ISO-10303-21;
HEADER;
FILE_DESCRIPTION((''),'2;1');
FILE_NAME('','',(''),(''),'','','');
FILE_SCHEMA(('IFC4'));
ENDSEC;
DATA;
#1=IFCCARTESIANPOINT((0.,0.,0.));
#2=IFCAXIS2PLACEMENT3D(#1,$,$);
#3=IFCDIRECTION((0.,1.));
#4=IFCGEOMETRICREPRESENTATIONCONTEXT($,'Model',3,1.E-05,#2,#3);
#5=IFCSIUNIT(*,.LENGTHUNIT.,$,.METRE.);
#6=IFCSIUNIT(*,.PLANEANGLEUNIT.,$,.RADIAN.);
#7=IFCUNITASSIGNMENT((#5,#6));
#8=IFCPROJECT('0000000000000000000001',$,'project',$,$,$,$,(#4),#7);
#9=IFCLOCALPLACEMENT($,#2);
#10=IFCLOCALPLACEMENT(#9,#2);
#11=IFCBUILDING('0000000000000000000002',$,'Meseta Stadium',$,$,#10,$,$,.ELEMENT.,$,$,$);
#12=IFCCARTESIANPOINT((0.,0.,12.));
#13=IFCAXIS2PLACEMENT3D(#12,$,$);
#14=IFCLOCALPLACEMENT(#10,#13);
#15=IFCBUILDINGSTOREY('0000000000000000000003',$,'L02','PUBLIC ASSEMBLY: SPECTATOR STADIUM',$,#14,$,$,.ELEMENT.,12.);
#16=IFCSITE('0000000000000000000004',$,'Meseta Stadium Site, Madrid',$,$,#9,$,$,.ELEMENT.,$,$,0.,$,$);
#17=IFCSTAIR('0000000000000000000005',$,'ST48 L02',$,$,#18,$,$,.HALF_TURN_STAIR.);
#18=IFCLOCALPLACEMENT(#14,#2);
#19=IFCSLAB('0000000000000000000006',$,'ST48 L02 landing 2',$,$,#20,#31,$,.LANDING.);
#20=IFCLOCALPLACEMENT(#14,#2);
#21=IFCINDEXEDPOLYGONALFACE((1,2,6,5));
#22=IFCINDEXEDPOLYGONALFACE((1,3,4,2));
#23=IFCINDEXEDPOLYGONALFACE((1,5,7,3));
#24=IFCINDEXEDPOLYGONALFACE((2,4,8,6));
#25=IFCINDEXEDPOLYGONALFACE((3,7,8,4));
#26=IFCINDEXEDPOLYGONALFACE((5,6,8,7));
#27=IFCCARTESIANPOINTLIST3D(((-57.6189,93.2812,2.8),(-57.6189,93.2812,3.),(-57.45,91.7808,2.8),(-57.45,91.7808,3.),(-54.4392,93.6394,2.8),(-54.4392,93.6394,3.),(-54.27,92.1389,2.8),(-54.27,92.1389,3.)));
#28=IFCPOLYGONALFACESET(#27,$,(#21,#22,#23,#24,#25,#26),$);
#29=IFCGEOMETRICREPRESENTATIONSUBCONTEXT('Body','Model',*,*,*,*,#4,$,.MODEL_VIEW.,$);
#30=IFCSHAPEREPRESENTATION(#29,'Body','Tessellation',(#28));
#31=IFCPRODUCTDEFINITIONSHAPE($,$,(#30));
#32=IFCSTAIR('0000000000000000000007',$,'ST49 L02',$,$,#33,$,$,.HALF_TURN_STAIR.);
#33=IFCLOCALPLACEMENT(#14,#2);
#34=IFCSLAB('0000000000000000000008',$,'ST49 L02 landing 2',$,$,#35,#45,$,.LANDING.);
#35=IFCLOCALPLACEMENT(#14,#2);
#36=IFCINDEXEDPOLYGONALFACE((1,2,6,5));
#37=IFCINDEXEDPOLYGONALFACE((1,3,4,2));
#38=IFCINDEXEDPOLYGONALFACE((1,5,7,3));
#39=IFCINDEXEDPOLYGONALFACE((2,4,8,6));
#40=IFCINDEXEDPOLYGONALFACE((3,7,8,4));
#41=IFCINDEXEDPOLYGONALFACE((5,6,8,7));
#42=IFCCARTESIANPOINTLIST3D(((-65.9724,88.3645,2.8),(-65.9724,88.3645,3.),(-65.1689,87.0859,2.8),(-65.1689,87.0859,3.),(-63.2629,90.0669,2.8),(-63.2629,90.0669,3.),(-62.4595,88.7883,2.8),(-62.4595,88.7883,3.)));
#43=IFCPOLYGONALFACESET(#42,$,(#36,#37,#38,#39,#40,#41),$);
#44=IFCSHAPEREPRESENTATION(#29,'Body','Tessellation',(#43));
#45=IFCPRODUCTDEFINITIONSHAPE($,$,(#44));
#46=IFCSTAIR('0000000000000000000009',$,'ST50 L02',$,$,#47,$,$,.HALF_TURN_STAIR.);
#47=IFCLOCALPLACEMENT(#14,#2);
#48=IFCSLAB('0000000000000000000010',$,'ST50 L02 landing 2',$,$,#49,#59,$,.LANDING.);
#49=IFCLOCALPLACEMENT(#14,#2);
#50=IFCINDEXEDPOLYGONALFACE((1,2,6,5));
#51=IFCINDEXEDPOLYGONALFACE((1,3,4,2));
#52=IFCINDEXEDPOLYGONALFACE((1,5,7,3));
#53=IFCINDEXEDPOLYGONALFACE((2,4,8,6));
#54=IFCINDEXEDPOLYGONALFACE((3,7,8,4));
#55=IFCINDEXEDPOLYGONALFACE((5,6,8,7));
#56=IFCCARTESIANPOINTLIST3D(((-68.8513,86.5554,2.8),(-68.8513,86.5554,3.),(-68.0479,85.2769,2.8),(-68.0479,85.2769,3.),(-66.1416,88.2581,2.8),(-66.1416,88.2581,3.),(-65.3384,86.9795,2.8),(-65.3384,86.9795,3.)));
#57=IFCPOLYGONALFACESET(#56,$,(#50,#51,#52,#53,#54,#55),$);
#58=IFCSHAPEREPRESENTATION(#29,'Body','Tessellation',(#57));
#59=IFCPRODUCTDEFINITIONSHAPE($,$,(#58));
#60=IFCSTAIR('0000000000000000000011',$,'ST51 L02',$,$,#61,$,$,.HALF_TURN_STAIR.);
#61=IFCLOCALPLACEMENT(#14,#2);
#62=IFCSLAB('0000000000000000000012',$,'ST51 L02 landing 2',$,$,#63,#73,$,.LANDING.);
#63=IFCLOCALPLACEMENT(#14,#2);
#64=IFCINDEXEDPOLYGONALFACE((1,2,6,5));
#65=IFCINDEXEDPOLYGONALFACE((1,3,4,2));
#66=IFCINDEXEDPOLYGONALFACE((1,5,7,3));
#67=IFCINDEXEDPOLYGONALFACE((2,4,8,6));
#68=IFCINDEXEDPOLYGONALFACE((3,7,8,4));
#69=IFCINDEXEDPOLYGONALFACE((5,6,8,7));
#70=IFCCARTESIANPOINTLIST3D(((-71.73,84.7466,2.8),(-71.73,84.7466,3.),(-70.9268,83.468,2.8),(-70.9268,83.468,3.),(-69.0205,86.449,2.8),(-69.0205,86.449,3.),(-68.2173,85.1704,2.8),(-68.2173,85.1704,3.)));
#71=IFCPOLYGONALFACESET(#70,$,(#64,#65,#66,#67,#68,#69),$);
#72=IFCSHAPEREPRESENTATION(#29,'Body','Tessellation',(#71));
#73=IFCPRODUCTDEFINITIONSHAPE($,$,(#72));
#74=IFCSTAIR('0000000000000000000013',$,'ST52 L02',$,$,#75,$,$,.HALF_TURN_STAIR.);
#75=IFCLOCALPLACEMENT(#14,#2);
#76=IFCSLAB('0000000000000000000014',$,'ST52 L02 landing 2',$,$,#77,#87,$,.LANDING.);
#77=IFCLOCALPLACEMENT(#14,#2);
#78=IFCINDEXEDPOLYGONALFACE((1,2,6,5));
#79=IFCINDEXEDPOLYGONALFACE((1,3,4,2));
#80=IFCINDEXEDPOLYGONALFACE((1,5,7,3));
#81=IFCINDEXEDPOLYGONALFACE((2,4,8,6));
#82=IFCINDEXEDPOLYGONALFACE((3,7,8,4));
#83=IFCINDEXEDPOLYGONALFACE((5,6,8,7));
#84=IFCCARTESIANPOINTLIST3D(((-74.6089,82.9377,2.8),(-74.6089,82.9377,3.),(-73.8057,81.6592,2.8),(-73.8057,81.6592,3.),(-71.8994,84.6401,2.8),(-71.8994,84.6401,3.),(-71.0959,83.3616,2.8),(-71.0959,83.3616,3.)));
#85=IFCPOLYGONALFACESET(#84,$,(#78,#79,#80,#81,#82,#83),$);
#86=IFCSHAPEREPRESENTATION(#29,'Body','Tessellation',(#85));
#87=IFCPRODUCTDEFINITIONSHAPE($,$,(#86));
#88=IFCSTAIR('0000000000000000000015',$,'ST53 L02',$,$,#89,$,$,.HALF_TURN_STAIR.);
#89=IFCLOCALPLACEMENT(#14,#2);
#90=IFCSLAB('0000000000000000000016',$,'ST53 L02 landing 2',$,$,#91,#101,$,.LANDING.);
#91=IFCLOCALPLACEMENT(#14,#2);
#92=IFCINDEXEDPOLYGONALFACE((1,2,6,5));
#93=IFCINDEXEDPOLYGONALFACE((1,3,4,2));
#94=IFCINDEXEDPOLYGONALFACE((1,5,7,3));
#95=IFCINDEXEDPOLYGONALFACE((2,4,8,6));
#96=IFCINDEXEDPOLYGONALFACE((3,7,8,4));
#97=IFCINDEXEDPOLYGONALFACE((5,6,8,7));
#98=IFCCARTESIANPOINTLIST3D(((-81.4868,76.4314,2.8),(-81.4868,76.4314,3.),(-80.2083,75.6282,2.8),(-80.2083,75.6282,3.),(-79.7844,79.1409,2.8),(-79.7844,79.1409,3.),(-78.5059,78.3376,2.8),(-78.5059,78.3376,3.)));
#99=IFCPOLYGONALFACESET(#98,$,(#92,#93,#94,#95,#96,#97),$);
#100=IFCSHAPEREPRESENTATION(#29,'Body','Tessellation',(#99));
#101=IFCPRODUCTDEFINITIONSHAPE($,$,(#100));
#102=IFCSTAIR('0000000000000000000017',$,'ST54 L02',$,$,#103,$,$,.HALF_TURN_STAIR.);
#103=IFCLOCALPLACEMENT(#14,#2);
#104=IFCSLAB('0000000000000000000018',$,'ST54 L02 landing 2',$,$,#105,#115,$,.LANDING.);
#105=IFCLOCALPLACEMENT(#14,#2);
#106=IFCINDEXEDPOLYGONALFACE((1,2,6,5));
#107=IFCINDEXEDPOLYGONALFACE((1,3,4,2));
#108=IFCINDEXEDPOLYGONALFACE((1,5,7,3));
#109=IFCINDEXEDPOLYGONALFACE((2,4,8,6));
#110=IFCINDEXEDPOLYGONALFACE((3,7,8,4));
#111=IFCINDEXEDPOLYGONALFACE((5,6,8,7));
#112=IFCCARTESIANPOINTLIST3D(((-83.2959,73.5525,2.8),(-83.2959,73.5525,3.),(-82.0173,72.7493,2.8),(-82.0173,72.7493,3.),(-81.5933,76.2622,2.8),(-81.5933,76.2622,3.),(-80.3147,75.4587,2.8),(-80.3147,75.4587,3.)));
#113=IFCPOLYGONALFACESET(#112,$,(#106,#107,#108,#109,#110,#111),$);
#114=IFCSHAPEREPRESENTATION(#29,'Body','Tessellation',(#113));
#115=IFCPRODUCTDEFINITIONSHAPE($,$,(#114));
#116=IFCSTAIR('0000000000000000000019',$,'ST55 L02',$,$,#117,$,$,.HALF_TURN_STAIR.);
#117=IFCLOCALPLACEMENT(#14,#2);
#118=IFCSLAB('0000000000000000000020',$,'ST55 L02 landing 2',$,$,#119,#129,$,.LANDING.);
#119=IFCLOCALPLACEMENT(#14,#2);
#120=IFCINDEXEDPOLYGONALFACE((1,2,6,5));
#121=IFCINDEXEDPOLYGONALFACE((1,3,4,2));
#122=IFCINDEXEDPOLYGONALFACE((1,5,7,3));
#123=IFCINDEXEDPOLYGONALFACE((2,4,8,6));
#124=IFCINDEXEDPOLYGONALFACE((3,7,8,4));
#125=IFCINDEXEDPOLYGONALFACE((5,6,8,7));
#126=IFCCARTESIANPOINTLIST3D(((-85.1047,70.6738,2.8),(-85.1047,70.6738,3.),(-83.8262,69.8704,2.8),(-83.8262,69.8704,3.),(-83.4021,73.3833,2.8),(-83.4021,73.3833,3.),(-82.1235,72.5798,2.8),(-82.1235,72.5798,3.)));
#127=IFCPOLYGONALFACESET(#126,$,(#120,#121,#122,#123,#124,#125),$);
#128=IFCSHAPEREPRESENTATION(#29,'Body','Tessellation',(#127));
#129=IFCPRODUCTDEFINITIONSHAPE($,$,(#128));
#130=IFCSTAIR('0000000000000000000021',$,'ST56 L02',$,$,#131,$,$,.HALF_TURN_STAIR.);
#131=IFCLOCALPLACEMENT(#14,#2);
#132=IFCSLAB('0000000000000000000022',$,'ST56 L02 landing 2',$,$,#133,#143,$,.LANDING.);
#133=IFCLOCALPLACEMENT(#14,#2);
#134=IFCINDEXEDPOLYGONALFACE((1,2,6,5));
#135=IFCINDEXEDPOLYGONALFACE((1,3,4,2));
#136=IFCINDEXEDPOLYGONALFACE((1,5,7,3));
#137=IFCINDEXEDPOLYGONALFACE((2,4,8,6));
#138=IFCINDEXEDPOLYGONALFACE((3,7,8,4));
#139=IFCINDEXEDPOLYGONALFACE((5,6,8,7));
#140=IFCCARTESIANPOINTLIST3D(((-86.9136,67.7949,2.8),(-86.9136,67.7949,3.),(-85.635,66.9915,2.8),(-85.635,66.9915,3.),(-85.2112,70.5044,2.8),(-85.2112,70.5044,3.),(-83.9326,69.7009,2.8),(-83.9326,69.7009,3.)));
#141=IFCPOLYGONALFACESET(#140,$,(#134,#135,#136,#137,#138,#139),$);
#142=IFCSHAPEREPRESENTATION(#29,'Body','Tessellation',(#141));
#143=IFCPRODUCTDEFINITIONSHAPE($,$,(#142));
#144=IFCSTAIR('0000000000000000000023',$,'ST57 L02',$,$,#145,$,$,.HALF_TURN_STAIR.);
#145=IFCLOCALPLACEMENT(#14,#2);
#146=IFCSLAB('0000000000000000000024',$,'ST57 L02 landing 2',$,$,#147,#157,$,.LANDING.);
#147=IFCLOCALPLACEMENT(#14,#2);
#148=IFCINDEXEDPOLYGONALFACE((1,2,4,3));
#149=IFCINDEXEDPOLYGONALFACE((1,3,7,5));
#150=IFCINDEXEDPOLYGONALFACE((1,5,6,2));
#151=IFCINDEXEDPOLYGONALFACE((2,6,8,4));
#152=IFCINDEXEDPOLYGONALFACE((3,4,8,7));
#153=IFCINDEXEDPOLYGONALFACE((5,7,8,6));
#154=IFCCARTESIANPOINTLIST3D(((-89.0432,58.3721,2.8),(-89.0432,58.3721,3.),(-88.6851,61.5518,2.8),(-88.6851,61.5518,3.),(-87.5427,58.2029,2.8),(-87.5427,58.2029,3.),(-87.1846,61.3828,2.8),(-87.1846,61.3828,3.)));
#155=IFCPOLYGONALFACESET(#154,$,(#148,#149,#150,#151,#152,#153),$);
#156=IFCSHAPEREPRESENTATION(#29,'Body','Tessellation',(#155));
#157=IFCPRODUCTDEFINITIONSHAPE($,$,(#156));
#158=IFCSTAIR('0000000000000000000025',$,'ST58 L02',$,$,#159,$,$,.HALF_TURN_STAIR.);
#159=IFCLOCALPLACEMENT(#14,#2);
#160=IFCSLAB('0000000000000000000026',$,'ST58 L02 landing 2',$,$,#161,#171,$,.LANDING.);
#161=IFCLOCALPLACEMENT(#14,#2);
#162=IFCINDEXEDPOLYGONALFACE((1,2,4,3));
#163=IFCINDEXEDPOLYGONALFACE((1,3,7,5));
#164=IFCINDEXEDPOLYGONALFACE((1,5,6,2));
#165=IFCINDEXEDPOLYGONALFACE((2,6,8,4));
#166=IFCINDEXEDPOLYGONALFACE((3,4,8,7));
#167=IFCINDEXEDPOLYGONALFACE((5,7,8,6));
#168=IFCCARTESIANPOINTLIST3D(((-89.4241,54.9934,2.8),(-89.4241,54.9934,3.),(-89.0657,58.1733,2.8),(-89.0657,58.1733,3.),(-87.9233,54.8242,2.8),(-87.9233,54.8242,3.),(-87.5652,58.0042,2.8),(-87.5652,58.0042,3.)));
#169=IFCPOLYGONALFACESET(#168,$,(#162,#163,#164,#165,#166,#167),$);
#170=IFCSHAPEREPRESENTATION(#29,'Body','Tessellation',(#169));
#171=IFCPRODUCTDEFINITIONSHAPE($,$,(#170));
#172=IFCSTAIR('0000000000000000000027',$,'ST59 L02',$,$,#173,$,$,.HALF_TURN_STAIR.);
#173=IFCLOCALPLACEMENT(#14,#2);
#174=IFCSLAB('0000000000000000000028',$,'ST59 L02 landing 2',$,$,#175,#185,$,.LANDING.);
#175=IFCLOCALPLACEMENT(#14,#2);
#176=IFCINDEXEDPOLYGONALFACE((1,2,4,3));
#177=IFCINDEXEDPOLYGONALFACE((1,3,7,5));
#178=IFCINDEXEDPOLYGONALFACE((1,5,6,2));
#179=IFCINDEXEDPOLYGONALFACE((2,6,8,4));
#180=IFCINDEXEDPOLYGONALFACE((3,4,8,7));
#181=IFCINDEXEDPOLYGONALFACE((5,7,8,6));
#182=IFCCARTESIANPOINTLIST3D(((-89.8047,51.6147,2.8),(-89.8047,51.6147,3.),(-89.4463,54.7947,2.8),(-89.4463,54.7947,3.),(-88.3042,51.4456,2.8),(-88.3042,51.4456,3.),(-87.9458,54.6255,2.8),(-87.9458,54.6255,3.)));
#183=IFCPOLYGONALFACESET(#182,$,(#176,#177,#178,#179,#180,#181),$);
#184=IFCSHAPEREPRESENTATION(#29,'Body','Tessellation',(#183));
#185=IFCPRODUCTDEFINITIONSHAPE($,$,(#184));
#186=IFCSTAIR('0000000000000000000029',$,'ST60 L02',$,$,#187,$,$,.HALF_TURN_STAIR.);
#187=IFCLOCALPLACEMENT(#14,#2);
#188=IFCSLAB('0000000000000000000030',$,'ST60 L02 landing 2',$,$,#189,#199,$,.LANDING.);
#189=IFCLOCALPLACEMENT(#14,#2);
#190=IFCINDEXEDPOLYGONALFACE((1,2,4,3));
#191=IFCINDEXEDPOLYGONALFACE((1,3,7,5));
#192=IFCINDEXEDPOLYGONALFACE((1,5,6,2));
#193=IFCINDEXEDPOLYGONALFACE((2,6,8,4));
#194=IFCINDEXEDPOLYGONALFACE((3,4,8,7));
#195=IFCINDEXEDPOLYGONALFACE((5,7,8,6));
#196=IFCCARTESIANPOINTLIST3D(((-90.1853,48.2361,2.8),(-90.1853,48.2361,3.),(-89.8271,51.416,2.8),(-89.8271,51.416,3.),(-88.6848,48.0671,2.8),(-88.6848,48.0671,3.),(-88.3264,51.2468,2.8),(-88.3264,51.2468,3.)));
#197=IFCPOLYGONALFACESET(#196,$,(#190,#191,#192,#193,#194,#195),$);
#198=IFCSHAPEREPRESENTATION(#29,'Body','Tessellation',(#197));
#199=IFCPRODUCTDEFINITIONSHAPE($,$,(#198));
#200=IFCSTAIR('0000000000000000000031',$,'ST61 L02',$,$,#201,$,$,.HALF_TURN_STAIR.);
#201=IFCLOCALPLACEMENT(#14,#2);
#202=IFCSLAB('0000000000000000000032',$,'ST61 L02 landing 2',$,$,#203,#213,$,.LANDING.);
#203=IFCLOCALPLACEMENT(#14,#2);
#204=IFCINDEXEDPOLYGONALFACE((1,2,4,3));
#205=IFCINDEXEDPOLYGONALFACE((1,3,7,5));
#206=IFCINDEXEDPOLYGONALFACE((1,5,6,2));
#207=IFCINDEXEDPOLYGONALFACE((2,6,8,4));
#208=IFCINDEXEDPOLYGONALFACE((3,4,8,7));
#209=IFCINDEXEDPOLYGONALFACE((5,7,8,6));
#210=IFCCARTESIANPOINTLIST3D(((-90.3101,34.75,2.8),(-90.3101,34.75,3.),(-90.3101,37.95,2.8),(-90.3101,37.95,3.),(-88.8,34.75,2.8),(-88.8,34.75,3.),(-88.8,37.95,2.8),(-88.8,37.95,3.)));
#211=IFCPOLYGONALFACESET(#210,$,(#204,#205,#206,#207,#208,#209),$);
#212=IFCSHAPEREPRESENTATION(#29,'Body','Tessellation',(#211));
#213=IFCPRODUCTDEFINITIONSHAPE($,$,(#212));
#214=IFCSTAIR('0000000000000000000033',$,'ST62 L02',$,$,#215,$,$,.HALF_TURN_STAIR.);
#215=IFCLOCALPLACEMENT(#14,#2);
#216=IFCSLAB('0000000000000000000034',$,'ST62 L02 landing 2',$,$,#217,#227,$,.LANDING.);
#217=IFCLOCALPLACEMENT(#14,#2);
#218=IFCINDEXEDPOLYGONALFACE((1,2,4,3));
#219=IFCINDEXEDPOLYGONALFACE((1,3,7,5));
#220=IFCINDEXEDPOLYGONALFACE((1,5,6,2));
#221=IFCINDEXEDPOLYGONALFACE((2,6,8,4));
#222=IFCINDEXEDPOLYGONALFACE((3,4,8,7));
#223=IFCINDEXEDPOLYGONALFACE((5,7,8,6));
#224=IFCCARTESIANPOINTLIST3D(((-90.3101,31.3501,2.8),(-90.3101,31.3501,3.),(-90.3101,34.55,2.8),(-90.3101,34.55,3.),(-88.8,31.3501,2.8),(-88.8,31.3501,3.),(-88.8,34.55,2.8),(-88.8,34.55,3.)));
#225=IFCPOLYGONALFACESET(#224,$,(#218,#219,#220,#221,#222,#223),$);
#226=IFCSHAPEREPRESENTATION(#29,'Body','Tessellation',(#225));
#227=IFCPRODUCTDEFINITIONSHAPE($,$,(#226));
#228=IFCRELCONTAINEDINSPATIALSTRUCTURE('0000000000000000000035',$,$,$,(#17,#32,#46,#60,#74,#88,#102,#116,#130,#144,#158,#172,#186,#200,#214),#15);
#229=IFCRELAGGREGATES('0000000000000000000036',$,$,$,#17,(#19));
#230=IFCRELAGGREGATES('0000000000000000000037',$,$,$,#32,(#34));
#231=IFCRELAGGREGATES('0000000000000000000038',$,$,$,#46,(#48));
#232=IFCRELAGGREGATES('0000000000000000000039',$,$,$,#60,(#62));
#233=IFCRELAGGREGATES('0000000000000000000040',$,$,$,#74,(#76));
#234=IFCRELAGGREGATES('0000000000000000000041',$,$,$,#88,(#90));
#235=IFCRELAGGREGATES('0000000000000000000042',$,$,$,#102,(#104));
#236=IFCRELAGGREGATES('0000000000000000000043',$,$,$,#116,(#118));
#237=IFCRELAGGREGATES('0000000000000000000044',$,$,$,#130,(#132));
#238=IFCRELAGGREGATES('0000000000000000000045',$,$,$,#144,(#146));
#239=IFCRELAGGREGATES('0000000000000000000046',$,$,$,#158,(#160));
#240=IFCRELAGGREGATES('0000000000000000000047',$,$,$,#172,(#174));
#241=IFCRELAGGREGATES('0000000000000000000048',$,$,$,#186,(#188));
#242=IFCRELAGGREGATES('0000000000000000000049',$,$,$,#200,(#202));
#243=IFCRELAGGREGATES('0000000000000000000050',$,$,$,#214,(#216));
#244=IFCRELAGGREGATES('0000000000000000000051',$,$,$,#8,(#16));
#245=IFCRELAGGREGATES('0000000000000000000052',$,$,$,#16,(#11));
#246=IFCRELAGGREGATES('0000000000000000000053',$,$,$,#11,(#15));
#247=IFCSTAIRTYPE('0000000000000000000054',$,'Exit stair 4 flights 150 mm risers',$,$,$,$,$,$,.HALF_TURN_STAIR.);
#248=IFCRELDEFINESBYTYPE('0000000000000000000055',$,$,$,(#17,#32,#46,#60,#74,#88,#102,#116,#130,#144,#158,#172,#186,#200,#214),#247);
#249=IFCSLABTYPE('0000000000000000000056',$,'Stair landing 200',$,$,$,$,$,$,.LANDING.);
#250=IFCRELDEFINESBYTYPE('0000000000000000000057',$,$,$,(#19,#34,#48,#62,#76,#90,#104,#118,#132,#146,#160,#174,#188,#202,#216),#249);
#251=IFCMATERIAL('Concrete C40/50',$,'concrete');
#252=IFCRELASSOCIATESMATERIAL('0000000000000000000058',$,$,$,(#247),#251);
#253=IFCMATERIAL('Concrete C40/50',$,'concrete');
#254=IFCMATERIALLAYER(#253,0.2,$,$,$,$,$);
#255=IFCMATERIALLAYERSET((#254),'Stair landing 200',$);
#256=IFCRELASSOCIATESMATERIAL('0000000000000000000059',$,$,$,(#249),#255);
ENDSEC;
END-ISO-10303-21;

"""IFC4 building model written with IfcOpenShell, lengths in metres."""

from ifc_helpers import new_model, si_unit, direction, frame, origin, place, context, subcontext, project, spatial, polyline, outline, extrude, material, layer, layer_set, type_object, element, aggregate, save


model = new_model("IFC4")

# Units and contexts
model_context = context("Model", 3, precision=1e-05, world=origin(), true_north=direction((0.0, 1.0)))
body_context = subcontext(model_context, "Body", "Model", "MODEL_VIEW")
ifc_project = project(units=[si_unit("LENGTHUNIT", "METRE"), si_unit("PLANEANGLEUNIT", "RADIAN")], contexts=[model_context])

# Site, building, storey
site_placement = place(None, origin())
site = spatial("IfcSite", under=ifc_project, at=site_placement, Name="Meseta Stadium Site, Madrid", CompositionType="ELEMENT", RefElevation=0.0)
building_placement = place(site_placement, origin())
building = spatial("IfcBuilding", under=site, at=building_placement, Name="Meseta Stadium", CompositionType="ELEMENT")
storey_placement = place(building_placement, frame((0.0, 0.0, 12.0)))
storey = spatial("IfcBuildingStorey", under=building, at=storey_placement, Name="L02", Description="PUBLIC ASSEMBLY: SPECTATOR STADIUM", CompositionType="ELEMENT", Elevation=12.0)

# Stairs, slabs
ifc_material_1 = material(Name="Concrete C40/50", Category="concrete")
stair_type = type_object("IfcStairType", Name="Exit stair 4 flights 150 mm risers", PredefinedType="HALF_TURN_STAIR", material=ifc_material_1)
ifc_material_2 = material(Name="Concrete C40/50", Category="concrete")
ifc_layer = layer(ifc_material_2, 0.2)
ifc_layer_set = layer_set([ifc_layer], Name="Stair landing 200")
slab_type = type_object("IfcSlabType", Name="Stair landing 200", PredefinedType="LANDING", material=ifc_layer_set)
stair_1_placement = place(storey_placement, origin())
stair_1 = element("IfcStair", 1, at=stair_1_placement, inside=storey, type_object=stair_type, Name="ST48 L02", PredefinedType="HALF_TURN_STAIR")
slab_1_placement = place(storey_placement, frame((0.0, 0.0, 2.8)))
slab_1 = element("IfcSlab", 2, at=slab_1_placement, type_object=slab_type, Name="ST48 L02 landing 2", PredefinedType="LANDING", context=body_context, shape_type="SweptSolid", body=[
    extrude(outline(polyline([(-54.27, 92.1389), (-54.4392, 93.6394), (-57.6189, 93.2812), (-57.45, 91.7808), (-54.27, 92.1389)])), origin(), (0.0, 0.0, 1.0), 0.2),
])
aggregate(stair_1, [slab_1])
stair_2_placement = place(storey_placement, origin())
stair_2 = element("IfcStair", 3, at=stair_2_placement, inside=storey, type_object=stair_type, Name="ST49 L02", PredefinedType="HALF_TURN_STAIR")
slab_2_placement = place(storey_placement, frame((0.0, 0.0, 2.8)))
slab_2 = element("IfcSlab", 4, at=slab_2_placement, type_object=slab_type, Name="ST49 L02 landing 2", PredefinedType="LANDING", context=body_context, shape_type="SweptSolid", body=[
    extrude(outline(polyline([(-62.4595, 88.7883), (-63.2629, 90.0669), (-65.9724, 88.3645), (-65.1689, 87.0859), (-62.4595, 88.7883)])), origin(), (0.0, 0.0, 1.0), 0.2),
])
aggregate(stair_2, [slab_2])
stair_3_placement = place(storey_placement, origin())
stair_3 = element("IfcStair", 5, at=stair_3_placement, inside=storey, type_object=stair_type, Name="ST50 L02", PredefinedType="HALF_TURN_STAIR")
slab_3_placement = place(storey_placement, frame((0.0, 0.0, 2.8)))
slab_3 = element("IfcSlab", 6, at=slab_3_placement, type_object=slab_type, Name="ST50 L02 landing 2", PredefinedType="LANDING", context=body_context, shape_type="SweptSolid", body=[
    extrude(outline(polyline([(-65.3384, 86.9795), (-66.1416, 88.2581), (-68.8513, 86.5554), (-68.0479, 85.2769), (-65.3384, 86.9795)])), origin(), (0.0, 0.0, 1.0), 0.2),
])
aggregate(stair_3, [slab_3])
stair_4_placement = place(storey_placement, origin())
stair_4 = element("IfcStair", 7, at=stair_4_placement, inside=storey, type_object=stair_type, Name="ST51 L02", PredefinedType="HALF_TURN_STAIR")
slab_4_placement = place(storey_placement, frame((0.0, 0.0, 2.8)))
slab_4 = element("IfcSlab", 8, at=slab_4_placement, type_object=slab_type, Name="ST51 L02 landing 2", PredefinedType="LANDING", context=body_context, shape_type="SweptSolid", body=[
    extrude(outline(polyline([(-68.2173, 85.1704), (-69.0205, 86.449), (-71.73, 84.7466), (-70.9268, 83.468), (-68.2173, 85.1704)])), origin(), (0.0, 0.0, 1.0), 0.2),
])
aggregate(stair_4, [slab_4])
stair_5_placement = place(storey_placement, origin())
stair_5 = element("IfcStair", 9, at=stair_5_placement, inside=storey, type_object=stair_type, Name="ST52 L02", PredefinedType="HALF_TURN_STAIR")
slab_5_placement = place(storey_placement, frame((0.0, 0.0, 2.8)))
slab_5 = element("IfcSlab", 10, at=slab_5_placement, type_object=slab_type, Name="ST52 L02 landing 2", PredefinedType="LANDING", context=body_context, shape_type="SweptSolid", body=[
    extrude(outline(polyline([(-71.0959, 83.3616), (-71.8994, 84.6401), (-74.6089, 82.9377), (-73.8057, 81.6592), (-71.0959, 83.3616)])), origin(), (0.0, 0.0, 1.0), 0.2),
])
aggregate(stair_5, [slab_5])
stair_6_placement = place(storey_placement, origin())
stair_6 = element("IfcStair", 11, at=stair_6_placement, inside=storey, type_object=stair_type, Name="ST53 L02", PredefinedType="HALF_TURN_STAIR")
slab_6_placement = place(storey_placement, frame((0.0, 0.0, 2.8)))
slab_6 = element("IfcSlab", 12, at=slab_6_placement, type_object=slab_type, Name="ST53 L02 landing 2", PredefinedType="LANDING", context=body_context, shape_type="SweptSolid", body=[
    extrude(outline(polyline([(-78.5059, 78.3376), (-79.7844, 79.1409), (-81.4868, 76.4314), (-80.2083, 75.6282), (-78.5059, 78.3376)])), origin(), (0.0, 0.0, 1.0), 0.2),
])
aggregate(stair_6, [slab_6])
stair_7_placement = place(storey_placement, origin())
stair_7 = element("IfcStair", 13, at=stair_7_placement, inside=storey, type_object=stair_type, Name="ST54 L02", PredefinedType="HALF_TURN_STAIR")
slab_7_placement = place(storey_placement, frame((0.0, 0.0, 2.8)))
slab_7 = element("IfcSlab", 14, at=slab_7_placement, type_object=slab_type, Name="ST54 L02 landing 2", PredefinedType="LANDING", context=body_context, shape_type="SweptSolid", body=[
    extrude(outline(polyline([(-80.3147, 75.4587), (-81.5933, 76.2622), (-83.2959, 73.5525), (-82.0173, 72.7493), (-80.3147, 75.4587)])), origin(), (0.0, 0.0, 1.0), 0.2),
])
aggregate(stair_7, [slab_7])
stair_8_placement = place(storey_placement, origin())
stair_8 = element("IfcStair", 15, at=stair_8_placement, inside=storey, type_object=stair_type, Name="ST55 L02", PredefinedType="HALF_TURN_STAIR")
slab_8_placement = place(storey_placement, frame((0.0, 0.0, 2.8)))
slab_8 = element("IfcSlab", 16, at=slab_8_placement, type_object=slab_type, Name="ST55 L02 landing 2", PredefinedType="LANDING", context=body_context, shape_type="SweptSolid", body=[
    extrude(outline(polyline([(-82.1235, 72.5798), (-83.4021, 73.3833), (-85.1047, 70.6738), (-83.8262, 69.8704), (-82.1235, 72.5798)])), origin(), (0.0, 0.0, 1.0), 0.2),
])
aggregate(stair_8, [slab_8])
stair_9_placement = place(storey_placement, origin())
stair_9 = element("IfcStair", 17, at=stair_9_placement, inside=storey, type_object=stair_type, Name="ST56 L02", PredefinedType="HALF_TURN_STAIR")
slab_9_placement = place(storey_placement, frame((0.0, 0.0, 2.8)))
slab_9 = element("IfcSlab", 18, at=slab_9_placement, type_object=slab_type, Name="ST56 L02 landing 2", PredefinedType="LANDING", context=body_context, shape_type="SweptSolid", body=[
    extrude(outline(polyline([(-83.9326, 69.7009), (-85.2112, 70.5044), (-86.9136, 67.7949), (-85.635, 66.9915), (-83.9326, 69.7009)])), origin(), (0.0, 0.0, 1.0), 0.2),
])
aggregate(stair_9, [slab_9])
stair_10_placement = place(storey_placement, origin())
stair_10 = element("IfcStair", 19, at=stair_10_placement, inside=storey, type_object=stair_type, Name="ST57 L02", PredefinedType="HALF_TURN_STAIR")
slab_10_placement = place(storey_placement, frame((0.0, 0.0, 2.8)))
slab_10 = element("IfcSlab", 20, at=slab_10_placement, type_object=slab_type, Name="ST57 L02 landing 2", PredefinedType="LANDING", context=body_context, shape_type="SweptSolid", body=[
    extrude(outline(polyline([(-87.1846, 61.3828), (-88.6851, 61.5518), (-89.0432, 58.3721), (-87.5427, 58.2029), (-87.1846, 61.3828)])), origin(), (0.0, 0.0, 1.0), 0.2),
])
aggregate(stair_10, [slab_10])
stair_11_placement = place(storey_placement, origin())
stair_11 = element("IfcStair", 21, at=stair_11_placement, inside=storey, type_object=stair_type, Name="ST58 L02", PredefinedType="HALF_TURN_STAIR")
slab_11_placement = place(storey_placement, frame((0.0, 0.0, 2.8)))
slab_11 = element("IfcSlab", 22, at=slab_11_placement, type_object=slab_type, Name="ST58 L02 landing 2", PredefinedType="LANDING", context=body_context, shape_type="SweptSolid", body=[
    extrude(outline(polyline([(-87.5652, 58.0042), (-89.0657, 58.1733), (-89.4241, 54.9934), (-87.9233, 54.8242), (-87.5652, 58.0042)])), origin(), (0.0, 0.0, 1.0), 0.2),
])
aggregate(stair_11, [slab_11])
stair_12_placement = place(storey_placement, origin())
stair_12 = element("IfcStair", 23, at=stair_12_placement, inside=storey, type_object=stair_type, Name="ST59 L02", PredefinedType="HALF_TURN_STAIR")
slab_12_placement = place(storey_placement, frame((0.0, 0.0, 2.8)))
slab_12 = element("IfcSlab", 24, at=slab_12_placement, type_object=slab_type, Name="ST59 L02 landing 2", PredefinedType="LANDING", context=body_context, shape_type="SweptSolid", body=[
    extrude(outline(polyline([(-87.9458, 54.6255), (-89.4463, 54.7947), (-89.8047, 51.6147), (-88.3042, 51.4456), (-87.9458, 54.6255)])), origin(), (0.0, 0.0, 1.0), 0.2),
])
aggregate(stair_12, [slab_12])
stair_13_placement = place(storey_placement, origin())
stair_13 = element("IfcStair", 25, at=stair_13_placement, inside=storey, type_object=stair_type, Name="ST60 L02", PredefinedType="HALF_TURN_STAIR")
slab_13_placement = place(storey_placement, frame((0.0, 0.0, 2.8)))
slab_13 = element("IfcSlab", 26, at=slab_13_placement, type_object=slab_type, Name="ST60 L02 landing 2", PredefinedType="LANDING", context=body_context, shape_type="SweptSolid", body=[
    extrude(outline(polyline([(-88.3264, 51.2468), (-89.8271, 51.416), (-90.1853, 48.2361), (-88.6848, 48.0671), (-88.3264, 51.2468)])), origin(), (0.0, 0.0, 1.0), 0.2),
])
aggregate(stair_13, [slab_13])
stair_14_placement = place(storey_placement, origin())
stair_14 = element("IfcStair", 27, at=stair_14_placement, inside=storey, type_object=stair_type, Name="ST61 L02", PredefinedType="HALF_TURN_STAIR")
slab_14_placement = place(storey_placement, frame((0.0, 0.0, 2.8)))
slab_14 = element("IfcSlab", 28, at=slab_14_placement, type_object=slab_type, Name="ST61 L02 landing 2", PredefinedType="LANDING", context=body_context, shape_type="SweptSolid", body=[
    extrude(outline(polyline([(-88.8, 37.95), (-90.3101, 37.95), (-90.3101, 34.75), (-88.8, 34.75), (-88.8, 37.95)])), origin(), (0.0, 0.0, 1.0), 0.2),
])
aggregate(stair_14, [slab_14])
stair_15_placement = place(storey_placement, origin())
stair_15 = element("IfcStair", 29, at=stair_15_placement, inside=storey, type_object=stair_type, Name="ST62 L02", PredefinedType="HALF_TURN_STAIR")
slab_15_placement = place(storey_placement, frame((0.0, 0.0, 2.8)))
slab_15 = element("IfcSlab", 30, at=slab_15_placement, type_object=slab_type, Name="ST62 L02 landing 2", PredefinedType="LANDING", context=body_context, shape_type="SweptSolid", body=[
    extrude(outline(polyline([(-88.8, 34.55), (-90.3101, 34.55), (-90.3101, 31.3501), (-88.8, 31.3501), (-88.8, 34.55)])), origin(), (0.0, 0.0, 1.0), 0.2),
])
aggregate(stair_15, [slab_15])

save(model, "model.ifc")
